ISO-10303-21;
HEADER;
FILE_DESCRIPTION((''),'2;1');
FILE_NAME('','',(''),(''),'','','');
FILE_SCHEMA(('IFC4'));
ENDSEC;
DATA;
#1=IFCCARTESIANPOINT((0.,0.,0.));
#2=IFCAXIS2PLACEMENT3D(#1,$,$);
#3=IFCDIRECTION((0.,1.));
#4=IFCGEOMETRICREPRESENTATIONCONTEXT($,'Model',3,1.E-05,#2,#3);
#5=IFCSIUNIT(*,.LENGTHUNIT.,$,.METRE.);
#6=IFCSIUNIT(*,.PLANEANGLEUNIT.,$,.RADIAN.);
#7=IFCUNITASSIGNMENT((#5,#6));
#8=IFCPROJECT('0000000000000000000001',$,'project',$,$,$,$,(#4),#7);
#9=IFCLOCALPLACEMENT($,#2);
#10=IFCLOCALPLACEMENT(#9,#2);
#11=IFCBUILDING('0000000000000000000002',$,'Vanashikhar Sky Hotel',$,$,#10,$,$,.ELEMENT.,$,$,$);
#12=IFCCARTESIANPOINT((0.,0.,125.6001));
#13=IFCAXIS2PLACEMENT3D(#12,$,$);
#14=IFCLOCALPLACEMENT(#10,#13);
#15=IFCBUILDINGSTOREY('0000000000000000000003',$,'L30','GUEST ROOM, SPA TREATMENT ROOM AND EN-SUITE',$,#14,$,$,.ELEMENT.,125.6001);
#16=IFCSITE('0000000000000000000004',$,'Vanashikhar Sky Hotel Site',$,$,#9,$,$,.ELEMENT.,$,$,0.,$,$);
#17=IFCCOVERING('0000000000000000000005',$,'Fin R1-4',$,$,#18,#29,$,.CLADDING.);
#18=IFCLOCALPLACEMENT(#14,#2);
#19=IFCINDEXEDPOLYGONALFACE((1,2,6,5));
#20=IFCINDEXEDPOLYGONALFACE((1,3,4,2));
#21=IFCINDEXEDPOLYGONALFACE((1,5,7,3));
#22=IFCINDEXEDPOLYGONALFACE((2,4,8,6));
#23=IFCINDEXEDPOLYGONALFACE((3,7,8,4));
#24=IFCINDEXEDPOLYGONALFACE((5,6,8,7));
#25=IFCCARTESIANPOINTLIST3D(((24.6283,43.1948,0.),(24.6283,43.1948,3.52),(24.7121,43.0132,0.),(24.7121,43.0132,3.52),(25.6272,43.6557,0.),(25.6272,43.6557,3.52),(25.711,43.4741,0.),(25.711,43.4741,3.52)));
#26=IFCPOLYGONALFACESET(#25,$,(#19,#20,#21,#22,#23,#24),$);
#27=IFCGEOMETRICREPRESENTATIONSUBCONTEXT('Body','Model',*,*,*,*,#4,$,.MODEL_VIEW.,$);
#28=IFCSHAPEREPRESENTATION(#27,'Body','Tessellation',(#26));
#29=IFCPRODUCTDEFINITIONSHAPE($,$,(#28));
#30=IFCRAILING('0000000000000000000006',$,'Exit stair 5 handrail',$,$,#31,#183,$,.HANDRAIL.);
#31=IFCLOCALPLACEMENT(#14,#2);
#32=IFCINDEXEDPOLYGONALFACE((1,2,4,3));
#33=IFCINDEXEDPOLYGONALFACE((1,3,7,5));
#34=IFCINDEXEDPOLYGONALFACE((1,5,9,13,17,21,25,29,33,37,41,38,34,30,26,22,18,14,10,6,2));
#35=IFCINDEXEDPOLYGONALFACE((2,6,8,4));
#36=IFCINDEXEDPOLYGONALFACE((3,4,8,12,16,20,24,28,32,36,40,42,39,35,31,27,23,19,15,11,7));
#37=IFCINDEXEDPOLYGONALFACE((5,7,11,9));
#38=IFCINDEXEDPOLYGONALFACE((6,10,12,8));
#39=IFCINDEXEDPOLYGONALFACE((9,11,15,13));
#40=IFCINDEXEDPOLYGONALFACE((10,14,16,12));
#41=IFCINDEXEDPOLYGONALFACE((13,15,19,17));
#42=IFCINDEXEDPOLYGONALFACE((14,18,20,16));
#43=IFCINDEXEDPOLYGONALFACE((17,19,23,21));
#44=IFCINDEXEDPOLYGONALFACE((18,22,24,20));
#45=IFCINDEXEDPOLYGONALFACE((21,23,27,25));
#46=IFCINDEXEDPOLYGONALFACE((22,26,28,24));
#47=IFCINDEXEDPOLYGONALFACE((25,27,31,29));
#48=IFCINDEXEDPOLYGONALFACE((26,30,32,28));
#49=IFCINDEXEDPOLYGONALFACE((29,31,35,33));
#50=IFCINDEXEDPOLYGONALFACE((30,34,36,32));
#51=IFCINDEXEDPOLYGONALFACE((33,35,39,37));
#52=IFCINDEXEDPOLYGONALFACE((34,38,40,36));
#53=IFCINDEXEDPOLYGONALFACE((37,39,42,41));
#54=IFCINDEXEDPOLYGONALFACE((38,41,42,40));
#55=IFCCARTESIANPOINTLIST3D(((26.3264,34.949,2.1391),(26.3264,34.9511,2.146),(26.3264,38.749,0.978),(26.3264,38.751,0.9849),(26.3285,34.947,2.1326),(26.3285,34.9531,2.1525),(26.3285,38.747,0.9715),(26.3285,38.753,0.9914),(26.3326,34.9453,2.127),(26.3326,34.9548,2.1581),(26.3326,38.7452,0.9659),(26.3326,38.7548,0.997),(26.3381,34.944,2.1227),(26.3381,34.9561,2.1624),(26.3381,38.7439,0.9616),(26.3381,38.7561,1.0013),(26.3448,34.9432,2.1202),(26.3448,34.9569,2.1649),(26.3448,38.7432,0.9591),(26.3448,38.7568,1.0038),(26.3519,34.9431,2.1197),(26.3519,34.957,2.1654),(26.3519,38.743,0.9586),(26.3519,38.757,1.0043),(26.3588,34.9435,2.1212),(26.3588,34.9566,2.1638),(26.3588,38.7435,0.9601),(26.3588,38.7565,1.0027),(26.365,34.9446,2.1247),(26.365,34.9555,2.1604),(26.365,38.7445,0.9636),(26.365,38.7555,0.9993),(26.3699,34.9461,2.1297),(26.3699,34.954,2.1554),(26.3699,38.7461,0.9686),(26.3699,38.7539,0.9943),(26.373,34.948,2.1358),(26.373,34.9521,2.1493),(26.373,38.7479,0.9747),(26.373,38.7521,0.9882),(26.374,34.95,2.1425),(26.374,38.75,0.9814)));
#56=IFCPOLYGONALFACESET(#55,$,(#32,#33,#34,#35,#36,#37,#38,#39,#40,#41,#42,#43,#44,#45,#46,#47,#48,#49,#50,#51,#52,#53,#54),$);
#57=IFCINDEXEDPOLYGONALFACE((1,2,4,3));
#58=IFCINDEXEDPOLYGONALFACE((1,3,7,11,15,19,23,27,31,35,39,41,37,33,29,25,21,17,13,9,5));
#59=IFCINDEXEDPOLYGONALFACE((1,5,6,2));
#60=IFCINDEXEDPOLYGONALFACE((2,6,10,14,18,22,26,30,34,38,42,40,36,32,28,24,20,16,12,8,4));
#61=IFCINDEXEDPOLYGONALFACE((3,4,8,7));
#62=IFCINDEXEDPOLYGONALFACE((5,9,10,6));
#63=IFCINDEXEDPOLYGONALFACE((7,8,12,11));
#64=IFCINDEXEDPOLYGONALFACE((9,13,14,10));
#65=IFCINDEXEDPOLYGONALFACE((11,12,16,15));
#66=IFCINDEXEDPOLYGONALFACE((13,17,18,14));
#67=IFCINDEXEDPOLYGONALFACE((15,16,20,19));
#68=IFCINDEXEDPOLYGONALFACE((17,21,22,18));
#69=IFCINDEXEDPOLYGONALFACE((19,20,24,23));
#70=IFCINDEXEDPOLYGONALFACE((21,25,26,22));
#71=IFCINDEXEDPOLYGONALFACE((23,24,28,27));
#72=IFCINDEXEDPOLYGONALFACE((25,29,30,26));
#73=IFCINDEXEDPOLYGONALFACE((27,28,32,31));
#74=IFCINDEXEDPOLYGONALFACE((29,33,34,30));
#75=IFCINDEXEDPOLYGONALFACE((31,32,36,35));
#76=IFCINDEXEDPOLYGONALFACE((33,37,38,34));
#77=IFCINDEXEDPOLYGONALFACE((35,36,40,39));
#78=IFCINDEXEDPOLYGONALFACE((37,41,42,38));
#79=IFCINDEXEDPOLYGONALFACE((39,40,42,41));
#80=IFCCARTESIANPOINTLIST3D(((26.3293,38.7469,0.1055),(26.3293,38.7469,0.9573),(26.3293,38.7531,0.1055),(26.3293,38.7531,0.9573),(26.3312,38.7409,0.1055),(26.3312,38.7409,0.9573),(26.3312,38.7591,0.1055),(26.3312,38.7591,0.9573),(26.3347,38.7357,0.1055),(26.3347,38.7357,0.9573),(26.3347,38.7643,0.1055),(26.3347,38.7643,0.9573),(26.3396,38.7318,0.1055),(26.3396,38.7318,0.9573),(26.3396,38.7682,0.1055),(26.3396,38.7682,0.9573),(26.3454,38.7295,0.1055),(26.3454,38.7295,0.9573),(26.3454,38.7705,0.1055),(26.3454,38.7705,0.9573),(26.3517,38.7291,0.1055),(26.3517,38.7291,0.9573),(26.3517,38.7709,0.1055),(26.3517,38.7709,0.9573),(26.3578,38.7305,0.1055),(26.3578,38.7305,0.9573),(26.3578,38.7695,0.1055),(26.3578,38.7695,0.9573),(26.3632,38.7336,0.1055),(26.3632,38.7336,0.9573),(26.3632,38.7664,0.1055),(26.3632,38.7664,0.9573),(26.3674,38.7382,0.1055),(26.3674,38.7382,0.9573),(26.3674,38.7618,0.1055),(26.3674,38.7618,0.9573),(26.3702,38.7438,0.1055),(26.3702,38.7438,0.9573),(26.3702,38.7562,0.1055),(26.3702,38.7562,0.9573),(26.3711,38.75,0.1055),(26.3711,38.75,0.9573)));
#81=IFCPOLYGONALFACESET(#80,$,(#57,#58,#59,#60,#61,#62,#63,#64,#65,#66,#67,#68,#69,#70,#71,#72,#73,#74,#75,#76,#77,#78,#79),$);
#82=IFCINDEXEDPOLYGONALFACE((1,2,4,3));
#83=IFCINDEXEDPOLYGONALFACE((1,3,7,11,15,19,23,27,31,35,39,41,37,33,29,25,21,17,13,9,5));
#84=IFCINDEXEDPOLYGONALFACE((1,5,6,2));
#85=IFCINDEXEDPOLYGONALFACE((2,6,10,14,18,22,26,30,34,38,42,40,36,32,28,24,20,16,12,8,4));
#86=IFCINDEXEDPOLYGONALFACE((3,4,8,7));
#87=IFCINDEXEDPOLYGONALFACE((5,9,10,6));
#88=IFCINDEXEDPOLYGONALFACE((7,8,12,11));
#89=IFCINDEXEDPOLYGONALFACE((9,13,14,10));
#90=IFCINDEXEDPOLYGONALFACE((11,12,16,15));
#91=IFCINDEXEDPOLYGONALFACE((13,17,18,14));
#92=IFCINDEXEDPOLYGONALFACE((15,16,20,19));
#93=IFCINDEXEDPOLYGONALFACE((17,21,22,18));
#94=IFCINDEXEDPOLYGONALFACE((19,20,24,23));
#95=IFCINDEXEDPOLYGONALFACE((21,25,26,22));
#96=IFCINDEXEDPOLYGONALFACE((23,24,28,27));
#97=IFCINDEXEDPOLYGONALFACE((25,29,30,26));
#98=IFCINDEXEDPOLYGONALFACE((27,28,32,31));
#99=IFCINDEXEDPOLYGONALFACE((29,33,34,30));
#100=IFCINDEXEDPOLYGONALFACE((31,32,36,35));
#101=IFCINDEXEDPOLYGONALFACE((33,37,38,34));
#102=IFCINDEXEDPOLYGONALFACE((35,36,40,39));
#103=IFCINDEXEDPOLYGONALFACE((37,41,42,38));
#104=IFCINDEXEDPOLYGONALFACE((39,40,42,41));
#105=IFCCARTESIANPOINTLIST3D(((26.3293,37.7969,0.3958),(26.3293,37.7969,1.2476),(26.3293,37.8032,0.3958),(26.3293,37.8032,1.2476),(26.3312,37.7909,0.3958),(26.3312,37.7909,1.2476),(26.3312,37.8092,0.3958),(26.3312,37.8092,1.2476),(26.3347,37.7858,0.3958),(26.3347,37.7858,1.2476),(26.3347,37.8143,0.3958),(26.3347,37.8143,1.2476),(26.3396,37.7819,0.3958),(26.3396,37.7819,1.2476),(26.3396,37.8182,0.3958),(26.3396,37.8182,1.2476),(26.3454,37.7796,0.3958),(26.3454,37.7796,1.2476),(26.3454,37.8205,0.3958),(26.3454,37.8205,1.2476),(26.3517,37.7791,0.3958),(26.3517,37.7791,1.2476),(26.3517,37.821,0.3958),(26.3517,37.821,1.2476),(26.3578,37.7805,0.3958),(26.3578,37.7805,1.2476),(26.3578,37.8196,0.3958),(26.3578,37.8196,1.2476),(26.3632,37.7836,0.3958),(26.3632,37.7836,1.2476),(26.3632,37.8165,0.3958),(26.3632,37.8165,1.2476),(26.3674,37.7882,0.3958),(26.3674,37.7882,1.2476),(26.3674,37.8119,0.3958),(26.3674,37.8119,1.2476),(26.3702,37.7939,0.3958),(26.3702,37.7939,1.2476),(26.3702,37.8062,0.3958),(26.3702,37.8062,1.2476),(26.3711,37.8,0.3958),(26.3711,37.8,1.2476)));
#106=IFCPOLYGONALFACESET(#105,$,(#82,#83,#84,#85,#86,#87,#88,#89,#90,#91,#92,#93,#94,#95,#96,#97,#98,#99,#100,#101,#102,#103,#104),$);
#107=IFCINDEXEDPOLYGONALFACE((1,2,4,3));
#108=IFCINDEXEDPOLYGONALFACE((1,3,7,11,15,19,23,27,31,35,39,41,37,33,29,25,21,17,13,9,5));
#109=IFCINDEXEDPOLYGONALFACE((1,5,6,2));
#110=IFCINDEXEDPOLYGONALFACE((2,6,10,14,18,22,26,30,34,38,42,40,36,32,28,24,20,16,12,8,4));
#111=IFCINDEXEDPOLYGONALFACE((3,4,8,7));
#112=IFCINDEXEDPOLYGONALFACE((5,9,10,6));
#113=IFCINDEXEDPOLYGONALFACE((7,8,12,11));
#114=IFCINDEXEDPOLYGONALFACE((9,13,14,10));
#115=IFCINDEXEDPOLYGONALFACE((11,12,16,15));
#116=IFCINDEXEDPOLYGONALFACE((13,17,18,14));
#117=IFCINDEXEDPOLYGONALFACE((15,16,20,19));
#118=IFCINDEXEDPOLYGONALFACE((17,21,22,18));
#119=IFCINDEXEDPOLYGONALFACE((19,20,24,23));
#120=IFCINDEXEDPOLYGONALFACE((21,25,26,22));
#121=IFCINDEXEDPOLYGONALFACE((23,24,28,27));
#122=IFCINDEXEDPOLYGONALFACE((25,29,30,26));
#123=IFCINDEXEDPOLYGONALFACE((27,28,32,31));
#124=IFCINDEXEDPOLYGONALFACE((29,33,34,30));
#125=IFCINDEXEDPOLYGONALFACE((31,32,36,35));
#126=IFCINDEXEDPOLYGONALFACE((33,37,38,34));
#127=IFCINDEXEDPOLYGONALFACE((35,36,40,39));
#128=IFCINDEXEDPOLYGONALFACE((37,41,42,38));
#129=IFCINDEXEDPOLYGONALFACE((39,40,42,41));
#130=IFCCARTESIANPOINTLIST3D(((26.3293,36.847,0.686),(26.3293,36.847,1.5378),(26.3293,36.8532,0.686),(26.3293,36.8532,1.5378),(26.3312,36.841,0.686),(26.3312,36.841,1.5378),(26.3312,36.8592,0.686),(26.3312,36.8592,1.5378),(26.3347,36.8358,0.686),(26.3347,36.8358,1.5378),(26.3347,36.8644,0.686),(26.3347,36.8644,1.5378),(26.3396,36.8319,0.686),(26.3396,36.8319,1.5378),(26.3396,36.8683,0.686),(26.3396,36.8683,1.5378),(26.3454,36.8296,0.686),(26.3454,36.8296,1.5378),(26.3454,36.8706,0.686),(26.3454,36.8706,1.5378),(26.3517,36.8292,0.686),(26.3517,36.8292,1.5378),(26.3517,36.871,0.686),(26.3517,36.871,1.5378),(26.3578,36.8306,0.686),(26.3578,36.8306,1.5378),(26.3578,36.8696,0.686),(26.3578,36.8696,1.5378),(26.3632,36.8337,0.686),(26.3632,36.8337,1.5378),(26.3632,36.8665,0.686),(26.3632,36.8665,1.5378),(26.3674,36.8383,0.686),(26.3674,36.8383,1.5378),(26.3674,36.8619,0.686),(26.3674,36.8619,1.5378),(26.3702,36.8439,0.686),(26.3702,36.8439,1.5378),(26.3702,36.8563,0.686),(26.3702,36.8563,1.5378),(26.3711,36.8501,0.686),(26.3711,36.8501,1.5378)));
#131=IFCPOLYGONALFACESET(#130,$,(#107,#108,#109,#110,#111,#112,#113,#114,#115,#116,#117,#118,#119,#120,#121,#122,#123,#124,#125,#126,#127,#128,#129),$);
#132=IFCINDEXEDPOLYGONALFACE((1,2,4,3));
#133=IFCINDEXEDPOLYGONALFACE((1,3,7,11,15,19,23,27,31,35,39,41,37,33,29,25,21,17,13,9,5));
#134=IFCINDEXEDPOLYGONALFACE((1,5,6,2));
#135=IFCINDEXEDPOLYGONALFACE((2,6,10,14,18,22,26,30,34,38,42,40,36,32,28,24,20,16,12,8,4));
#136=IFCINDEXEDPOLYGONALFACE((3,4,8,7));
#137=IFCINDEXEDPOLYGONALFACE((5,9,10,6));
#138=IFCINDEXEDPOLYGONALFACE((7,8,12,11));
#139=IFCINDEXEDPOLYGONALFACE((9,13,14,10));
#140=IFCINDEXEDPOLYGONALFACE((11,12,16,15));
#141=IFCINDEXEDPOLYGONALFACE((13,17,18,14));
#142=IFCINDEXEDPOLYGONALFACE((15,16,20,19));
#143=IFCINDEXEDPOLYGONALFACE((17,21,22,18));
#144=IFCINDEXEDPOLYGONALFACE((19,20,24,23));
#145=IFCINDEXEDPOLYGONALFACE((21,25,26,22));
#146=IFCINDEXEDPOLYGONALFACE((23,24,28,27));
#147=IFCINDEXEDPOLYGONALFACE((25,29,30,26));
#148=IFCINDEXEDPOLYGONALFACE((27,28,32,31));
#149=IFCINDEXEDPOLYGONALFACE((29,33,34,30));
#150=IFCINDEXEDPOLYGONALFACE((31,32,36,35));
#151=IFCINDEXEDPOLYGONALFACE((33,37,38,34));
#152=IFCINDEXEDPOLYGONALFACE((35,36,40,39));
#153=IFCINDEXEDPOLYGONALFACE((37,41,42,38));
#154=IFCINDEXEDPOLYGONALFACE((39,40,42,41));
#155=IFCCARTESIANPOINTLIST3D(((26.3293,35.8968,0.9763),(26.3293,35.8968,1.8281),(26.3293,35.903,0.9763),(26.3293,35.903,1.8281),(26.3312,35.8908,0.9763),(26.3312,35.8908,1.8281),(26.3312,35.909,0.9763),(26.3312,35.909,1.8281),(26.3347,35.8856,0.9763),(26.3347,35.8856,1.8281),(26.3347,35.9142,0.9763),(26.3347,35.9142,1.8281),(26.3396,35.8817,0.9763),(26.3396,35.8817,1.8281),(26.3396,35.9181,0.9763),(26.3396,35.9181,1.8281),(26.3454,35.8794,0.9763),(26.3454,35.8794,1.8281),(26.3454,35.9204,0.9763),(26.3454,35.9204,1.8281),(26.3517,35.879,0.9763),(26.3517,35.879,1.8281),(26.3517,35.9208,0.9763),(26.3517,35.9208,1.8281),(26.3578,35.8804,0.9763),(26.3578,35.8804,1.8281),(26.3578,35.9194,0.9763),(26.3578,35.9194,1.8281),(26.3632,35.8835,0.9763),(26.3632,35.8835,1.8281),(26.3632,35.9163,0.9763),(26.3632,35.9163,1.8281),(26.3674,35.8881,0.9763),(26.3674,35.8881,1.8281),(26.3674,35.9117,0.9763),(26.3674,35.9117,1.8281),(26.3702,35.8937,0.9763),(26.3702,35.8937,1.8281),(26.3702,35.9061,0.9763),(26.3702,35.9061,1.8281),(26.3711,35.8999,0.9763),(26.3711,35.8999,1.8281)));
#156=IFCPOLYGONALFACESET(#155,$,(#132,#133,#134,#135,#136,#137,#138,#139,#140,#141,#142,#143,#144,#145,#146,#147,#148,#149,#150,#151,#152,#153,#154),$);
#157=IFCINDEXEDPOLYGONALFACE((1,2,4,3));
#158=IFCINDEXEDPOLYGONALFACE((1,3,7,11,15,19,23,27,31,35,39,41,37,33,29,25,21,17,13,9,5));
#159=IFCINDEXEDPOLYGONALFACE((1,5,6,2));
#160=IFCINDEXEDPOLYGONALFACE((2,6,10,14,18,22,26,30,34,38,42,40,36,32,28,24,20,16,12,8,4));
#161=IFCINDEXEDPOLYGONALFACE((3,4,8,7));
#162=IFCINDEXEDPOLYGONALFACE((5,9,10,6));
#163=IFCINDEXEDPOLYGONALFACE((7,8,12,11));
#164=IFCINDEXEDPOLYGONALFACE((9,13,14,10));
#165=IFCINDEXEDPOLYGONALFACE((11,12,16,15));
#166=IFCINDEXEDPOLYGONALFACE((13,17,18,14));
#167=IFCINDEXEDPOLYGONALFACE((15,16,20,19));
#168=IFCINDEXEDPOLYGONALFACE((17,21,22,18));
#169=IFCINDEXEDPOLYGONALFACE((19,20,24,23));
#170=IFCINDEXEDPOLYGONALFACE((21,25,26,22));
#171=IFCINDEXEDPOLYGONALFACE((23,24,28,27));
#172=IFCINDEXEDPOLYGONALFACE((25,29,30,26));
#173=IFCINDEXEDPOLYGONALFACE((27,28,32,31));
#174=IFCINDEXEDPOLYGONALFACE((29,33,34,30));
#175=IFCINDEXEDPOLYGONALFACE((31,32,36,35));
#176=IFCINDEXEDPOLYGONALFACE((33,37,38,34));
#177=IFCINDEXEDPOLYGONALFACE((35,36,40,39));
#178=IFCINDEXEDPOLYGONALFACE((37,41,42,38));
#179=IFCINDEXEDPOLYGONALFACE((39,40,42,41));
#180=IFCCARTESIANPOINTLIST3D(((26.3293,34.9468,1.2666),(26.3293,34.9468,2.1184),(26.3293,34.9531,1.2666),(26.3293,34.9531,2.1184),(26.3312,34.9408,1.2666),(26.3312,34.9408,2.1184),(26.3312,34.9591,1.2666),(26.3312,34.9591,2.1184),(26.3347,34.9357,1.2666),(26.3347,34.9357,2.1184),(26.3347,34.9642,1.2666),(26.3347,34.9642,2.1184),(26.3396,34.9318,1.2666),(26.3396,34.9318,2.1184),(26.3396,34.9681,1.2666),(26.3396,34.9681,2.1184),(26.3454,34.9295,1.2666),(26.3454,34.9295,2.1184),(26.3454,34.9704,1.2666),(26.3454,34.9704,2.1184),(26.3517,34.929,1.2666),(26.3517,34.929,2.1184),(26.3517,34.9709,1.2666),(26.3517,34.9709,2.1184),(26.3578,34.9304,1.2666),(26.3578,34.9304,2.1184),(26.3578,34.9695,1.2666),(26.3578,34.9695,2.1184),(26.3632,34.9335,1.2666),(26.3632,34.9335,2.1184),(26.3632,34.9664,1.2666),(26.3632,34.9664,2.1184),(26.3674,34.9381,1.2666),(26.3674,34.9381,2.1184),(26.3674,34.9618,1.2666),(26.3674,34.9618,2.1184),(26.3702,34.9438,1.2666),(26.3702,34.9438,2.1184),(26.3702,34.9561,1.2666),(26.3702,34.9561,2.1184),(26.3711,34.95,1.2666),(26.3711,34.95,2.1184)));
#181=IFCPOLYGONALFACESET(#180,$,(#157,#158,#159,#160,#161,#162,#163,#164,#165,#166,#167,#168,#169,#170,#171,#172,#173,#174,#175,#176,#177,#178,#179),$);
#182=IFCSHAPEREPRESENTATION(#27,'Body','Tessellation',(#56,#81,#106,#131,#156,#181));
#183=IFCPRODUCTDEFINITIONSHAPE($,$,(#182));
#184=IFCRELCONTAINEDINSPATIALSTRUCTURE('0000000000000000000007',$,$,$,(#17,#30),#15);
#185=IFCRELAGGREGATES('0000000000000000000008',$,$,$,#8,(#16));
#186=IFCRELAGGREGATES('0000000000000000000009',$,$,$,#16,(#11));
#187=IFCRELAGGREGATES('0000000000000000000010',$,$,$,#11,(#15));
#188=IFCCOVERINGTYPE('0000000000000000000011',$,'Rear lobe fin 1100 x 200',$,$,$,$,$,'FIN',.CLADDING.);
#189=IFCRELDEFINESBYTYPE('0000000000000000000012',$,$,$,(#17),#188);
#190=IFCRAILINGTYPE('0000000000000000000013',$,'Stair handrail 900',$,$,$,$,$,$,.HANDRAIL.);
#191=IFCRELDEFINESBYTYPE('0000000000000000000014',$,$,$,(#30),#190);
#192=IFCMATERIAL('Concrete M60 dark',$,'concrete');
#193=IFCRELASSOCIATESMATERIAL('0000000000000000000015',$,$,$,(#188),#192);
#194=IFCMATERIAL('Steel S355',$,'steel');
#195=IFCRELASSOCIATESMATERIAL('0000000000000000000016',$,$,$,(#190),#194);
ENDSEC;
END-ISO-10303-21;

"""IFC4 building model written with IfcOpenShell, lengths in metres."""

from ifc_helpers import new_model, si_unit, direction, frame, origin, origin_2d, place, context, subcontext, project, spatial, rectangle, circle, extrude, source, transform, mapped, material, material_profile, profile_set, type_object, element, save


model = new_model("IFC4")

# Units and contexts
model_context = context("Model", 3, precision=1e-05, world=origin(), true_north=direction((0.0, 1.0)))
body_context = subcontext(model_context, "Body", "Model", "MODEL_VIEW")
ifc_project = project(units=[si_unit("LENGTHUNIT", "METRE"), si_unit("PLANEANGLEUNIT", "RADIAN")], contexts=[model_context])

# Site, building, storey
site_placement = place(None, origin())
site = spatial("IfcSite", under=ifc_project, at=site_placement, Name="Vanashikhar Sky Hotel Site", CompositionType="ELEMENT", RefElevation=0.0)
building_placement = place(site_placement, origin())
building = spatial("IfcBuilding", under=site, at=building_placement, Name="Vanashikhar Sky Hotel", CompositionType="ELEMENT")
storey_placement = place(building_placement, frame((0.0, 0.0, 125.6001)))
storey = spatial("IfcBuildingStorey", under=building, at=storey_placement, Name="L30", Description="GUEST ROOM, SPA TREATMENT ROOM AND EN-SUITE", CompositionType="ELEMENT", Elevation=125.6001)

# Covering
ifc_material_1 = material(Name="Concrete M60 dark", Category="concrete")
ifc_material_profile = material_profile(ifc_material_1, rectangle(XDim=1.1001, YDim=0.2, at=origin_2d()))
ifc_profile_set = profile_set([ifc_material_profile], Name="Rear lobe fin 1100 x 200")
covering_type = type_object("IfcCoveringType", Name="Rear lobe fin 1100 x 200", ElementType="FIN", PredefinedType="CLADDING", material=ifc_profile_set)
shared_shape_1 = source(origin(), body_context, "Body", "SweptSolid", [
    extrude(rectangle(XDim=1.1001, YDim=0.2, at=origin_2d()), origin(), (0.0, 0.0, 1.0), 3.52),
])
for number, where, z_axis, x_axis, name in (
    (1, (25.1697, 43.3345, 0.0), (0.0, 0.0, 1.0), (0.908004, 0.418961, 0.0), "Fin R1-4"),
):
    element("IfcCovering", number, at=place(storey_placement, frame(where, z_axis=z_axis, x_axis=x_axis)), inside=storey, type_object=covering_type, Name=name, PredefinedType="CLADDING", context=body_context, shape_type="MappedRepresentation", body=[
        mapped(shared_shape_1, transform((0.0, 0.0, 0.0), scale=1.0)),
    ])

# Railing
ifc_material_2 = material(Name="Steel S355", Category="steel")
railing_type = type_object("IfcRailingType", Name="Stair handrail 900", PredefinedType="HANDRAIL", material=ifc_material_2)
shared_shape_2 = source(origin(), body_context, "Body", "SweptSolid", [
    extrude(circle(Radius=0.0239, at=origin_2d()), frame((0.0, 0.0, 0.876), z_axis=(0.0, -0.956351, 0.29222), x_axis=(1.0, 0.0, 0.0)), (0.0, 0.0, 1.0), 3.9734),
    extrude(circle(Radius=0.021, at=origin_2d()), origin(), (0.0, 0.0, 1.0), 0.8518),
    extrude(circle(Radius=0.021, at=origin_2d()), frame((0.0, -0.95, 0.2903)), (0.0, 0.0, 1.0), 0.8518),
    extrude(circle(Radius=0.021, at=origin_2d()), frame((0.0, -1.8999, 0.5806)), (0.0, 0.0, 1.0), 0.8518),
    extrude(circle(Radius=0.021, at=origin_2d()), frame((0.0, -2.8501, 0.8708)), (0.0, 0.0, 1.0), 0.8518),
    extrude(circle(Radius=0.021, at=origin_2d()), frame((0.0, -3.8, 1.1611)), (0.0, 0.0, 1.0), 0.8518),
])
for number, where, name in (
    (2, (26.3501, 38.75, 0.1055), "Exit stair 5 handrail"),
):
    element("IfcRailing", number, at=place(storey_placement, frame(where)), inside=storey, type_object=railing_type, Name=name, PredefinedType="HANDRAIL", context=body_context, shape_type="MappedRepresentation", body=[
        mapped(shared_shape_2, transform((0.0, 0.0, 0.0), scale=1.0)),
    ])

save(model, "model.ifc")
